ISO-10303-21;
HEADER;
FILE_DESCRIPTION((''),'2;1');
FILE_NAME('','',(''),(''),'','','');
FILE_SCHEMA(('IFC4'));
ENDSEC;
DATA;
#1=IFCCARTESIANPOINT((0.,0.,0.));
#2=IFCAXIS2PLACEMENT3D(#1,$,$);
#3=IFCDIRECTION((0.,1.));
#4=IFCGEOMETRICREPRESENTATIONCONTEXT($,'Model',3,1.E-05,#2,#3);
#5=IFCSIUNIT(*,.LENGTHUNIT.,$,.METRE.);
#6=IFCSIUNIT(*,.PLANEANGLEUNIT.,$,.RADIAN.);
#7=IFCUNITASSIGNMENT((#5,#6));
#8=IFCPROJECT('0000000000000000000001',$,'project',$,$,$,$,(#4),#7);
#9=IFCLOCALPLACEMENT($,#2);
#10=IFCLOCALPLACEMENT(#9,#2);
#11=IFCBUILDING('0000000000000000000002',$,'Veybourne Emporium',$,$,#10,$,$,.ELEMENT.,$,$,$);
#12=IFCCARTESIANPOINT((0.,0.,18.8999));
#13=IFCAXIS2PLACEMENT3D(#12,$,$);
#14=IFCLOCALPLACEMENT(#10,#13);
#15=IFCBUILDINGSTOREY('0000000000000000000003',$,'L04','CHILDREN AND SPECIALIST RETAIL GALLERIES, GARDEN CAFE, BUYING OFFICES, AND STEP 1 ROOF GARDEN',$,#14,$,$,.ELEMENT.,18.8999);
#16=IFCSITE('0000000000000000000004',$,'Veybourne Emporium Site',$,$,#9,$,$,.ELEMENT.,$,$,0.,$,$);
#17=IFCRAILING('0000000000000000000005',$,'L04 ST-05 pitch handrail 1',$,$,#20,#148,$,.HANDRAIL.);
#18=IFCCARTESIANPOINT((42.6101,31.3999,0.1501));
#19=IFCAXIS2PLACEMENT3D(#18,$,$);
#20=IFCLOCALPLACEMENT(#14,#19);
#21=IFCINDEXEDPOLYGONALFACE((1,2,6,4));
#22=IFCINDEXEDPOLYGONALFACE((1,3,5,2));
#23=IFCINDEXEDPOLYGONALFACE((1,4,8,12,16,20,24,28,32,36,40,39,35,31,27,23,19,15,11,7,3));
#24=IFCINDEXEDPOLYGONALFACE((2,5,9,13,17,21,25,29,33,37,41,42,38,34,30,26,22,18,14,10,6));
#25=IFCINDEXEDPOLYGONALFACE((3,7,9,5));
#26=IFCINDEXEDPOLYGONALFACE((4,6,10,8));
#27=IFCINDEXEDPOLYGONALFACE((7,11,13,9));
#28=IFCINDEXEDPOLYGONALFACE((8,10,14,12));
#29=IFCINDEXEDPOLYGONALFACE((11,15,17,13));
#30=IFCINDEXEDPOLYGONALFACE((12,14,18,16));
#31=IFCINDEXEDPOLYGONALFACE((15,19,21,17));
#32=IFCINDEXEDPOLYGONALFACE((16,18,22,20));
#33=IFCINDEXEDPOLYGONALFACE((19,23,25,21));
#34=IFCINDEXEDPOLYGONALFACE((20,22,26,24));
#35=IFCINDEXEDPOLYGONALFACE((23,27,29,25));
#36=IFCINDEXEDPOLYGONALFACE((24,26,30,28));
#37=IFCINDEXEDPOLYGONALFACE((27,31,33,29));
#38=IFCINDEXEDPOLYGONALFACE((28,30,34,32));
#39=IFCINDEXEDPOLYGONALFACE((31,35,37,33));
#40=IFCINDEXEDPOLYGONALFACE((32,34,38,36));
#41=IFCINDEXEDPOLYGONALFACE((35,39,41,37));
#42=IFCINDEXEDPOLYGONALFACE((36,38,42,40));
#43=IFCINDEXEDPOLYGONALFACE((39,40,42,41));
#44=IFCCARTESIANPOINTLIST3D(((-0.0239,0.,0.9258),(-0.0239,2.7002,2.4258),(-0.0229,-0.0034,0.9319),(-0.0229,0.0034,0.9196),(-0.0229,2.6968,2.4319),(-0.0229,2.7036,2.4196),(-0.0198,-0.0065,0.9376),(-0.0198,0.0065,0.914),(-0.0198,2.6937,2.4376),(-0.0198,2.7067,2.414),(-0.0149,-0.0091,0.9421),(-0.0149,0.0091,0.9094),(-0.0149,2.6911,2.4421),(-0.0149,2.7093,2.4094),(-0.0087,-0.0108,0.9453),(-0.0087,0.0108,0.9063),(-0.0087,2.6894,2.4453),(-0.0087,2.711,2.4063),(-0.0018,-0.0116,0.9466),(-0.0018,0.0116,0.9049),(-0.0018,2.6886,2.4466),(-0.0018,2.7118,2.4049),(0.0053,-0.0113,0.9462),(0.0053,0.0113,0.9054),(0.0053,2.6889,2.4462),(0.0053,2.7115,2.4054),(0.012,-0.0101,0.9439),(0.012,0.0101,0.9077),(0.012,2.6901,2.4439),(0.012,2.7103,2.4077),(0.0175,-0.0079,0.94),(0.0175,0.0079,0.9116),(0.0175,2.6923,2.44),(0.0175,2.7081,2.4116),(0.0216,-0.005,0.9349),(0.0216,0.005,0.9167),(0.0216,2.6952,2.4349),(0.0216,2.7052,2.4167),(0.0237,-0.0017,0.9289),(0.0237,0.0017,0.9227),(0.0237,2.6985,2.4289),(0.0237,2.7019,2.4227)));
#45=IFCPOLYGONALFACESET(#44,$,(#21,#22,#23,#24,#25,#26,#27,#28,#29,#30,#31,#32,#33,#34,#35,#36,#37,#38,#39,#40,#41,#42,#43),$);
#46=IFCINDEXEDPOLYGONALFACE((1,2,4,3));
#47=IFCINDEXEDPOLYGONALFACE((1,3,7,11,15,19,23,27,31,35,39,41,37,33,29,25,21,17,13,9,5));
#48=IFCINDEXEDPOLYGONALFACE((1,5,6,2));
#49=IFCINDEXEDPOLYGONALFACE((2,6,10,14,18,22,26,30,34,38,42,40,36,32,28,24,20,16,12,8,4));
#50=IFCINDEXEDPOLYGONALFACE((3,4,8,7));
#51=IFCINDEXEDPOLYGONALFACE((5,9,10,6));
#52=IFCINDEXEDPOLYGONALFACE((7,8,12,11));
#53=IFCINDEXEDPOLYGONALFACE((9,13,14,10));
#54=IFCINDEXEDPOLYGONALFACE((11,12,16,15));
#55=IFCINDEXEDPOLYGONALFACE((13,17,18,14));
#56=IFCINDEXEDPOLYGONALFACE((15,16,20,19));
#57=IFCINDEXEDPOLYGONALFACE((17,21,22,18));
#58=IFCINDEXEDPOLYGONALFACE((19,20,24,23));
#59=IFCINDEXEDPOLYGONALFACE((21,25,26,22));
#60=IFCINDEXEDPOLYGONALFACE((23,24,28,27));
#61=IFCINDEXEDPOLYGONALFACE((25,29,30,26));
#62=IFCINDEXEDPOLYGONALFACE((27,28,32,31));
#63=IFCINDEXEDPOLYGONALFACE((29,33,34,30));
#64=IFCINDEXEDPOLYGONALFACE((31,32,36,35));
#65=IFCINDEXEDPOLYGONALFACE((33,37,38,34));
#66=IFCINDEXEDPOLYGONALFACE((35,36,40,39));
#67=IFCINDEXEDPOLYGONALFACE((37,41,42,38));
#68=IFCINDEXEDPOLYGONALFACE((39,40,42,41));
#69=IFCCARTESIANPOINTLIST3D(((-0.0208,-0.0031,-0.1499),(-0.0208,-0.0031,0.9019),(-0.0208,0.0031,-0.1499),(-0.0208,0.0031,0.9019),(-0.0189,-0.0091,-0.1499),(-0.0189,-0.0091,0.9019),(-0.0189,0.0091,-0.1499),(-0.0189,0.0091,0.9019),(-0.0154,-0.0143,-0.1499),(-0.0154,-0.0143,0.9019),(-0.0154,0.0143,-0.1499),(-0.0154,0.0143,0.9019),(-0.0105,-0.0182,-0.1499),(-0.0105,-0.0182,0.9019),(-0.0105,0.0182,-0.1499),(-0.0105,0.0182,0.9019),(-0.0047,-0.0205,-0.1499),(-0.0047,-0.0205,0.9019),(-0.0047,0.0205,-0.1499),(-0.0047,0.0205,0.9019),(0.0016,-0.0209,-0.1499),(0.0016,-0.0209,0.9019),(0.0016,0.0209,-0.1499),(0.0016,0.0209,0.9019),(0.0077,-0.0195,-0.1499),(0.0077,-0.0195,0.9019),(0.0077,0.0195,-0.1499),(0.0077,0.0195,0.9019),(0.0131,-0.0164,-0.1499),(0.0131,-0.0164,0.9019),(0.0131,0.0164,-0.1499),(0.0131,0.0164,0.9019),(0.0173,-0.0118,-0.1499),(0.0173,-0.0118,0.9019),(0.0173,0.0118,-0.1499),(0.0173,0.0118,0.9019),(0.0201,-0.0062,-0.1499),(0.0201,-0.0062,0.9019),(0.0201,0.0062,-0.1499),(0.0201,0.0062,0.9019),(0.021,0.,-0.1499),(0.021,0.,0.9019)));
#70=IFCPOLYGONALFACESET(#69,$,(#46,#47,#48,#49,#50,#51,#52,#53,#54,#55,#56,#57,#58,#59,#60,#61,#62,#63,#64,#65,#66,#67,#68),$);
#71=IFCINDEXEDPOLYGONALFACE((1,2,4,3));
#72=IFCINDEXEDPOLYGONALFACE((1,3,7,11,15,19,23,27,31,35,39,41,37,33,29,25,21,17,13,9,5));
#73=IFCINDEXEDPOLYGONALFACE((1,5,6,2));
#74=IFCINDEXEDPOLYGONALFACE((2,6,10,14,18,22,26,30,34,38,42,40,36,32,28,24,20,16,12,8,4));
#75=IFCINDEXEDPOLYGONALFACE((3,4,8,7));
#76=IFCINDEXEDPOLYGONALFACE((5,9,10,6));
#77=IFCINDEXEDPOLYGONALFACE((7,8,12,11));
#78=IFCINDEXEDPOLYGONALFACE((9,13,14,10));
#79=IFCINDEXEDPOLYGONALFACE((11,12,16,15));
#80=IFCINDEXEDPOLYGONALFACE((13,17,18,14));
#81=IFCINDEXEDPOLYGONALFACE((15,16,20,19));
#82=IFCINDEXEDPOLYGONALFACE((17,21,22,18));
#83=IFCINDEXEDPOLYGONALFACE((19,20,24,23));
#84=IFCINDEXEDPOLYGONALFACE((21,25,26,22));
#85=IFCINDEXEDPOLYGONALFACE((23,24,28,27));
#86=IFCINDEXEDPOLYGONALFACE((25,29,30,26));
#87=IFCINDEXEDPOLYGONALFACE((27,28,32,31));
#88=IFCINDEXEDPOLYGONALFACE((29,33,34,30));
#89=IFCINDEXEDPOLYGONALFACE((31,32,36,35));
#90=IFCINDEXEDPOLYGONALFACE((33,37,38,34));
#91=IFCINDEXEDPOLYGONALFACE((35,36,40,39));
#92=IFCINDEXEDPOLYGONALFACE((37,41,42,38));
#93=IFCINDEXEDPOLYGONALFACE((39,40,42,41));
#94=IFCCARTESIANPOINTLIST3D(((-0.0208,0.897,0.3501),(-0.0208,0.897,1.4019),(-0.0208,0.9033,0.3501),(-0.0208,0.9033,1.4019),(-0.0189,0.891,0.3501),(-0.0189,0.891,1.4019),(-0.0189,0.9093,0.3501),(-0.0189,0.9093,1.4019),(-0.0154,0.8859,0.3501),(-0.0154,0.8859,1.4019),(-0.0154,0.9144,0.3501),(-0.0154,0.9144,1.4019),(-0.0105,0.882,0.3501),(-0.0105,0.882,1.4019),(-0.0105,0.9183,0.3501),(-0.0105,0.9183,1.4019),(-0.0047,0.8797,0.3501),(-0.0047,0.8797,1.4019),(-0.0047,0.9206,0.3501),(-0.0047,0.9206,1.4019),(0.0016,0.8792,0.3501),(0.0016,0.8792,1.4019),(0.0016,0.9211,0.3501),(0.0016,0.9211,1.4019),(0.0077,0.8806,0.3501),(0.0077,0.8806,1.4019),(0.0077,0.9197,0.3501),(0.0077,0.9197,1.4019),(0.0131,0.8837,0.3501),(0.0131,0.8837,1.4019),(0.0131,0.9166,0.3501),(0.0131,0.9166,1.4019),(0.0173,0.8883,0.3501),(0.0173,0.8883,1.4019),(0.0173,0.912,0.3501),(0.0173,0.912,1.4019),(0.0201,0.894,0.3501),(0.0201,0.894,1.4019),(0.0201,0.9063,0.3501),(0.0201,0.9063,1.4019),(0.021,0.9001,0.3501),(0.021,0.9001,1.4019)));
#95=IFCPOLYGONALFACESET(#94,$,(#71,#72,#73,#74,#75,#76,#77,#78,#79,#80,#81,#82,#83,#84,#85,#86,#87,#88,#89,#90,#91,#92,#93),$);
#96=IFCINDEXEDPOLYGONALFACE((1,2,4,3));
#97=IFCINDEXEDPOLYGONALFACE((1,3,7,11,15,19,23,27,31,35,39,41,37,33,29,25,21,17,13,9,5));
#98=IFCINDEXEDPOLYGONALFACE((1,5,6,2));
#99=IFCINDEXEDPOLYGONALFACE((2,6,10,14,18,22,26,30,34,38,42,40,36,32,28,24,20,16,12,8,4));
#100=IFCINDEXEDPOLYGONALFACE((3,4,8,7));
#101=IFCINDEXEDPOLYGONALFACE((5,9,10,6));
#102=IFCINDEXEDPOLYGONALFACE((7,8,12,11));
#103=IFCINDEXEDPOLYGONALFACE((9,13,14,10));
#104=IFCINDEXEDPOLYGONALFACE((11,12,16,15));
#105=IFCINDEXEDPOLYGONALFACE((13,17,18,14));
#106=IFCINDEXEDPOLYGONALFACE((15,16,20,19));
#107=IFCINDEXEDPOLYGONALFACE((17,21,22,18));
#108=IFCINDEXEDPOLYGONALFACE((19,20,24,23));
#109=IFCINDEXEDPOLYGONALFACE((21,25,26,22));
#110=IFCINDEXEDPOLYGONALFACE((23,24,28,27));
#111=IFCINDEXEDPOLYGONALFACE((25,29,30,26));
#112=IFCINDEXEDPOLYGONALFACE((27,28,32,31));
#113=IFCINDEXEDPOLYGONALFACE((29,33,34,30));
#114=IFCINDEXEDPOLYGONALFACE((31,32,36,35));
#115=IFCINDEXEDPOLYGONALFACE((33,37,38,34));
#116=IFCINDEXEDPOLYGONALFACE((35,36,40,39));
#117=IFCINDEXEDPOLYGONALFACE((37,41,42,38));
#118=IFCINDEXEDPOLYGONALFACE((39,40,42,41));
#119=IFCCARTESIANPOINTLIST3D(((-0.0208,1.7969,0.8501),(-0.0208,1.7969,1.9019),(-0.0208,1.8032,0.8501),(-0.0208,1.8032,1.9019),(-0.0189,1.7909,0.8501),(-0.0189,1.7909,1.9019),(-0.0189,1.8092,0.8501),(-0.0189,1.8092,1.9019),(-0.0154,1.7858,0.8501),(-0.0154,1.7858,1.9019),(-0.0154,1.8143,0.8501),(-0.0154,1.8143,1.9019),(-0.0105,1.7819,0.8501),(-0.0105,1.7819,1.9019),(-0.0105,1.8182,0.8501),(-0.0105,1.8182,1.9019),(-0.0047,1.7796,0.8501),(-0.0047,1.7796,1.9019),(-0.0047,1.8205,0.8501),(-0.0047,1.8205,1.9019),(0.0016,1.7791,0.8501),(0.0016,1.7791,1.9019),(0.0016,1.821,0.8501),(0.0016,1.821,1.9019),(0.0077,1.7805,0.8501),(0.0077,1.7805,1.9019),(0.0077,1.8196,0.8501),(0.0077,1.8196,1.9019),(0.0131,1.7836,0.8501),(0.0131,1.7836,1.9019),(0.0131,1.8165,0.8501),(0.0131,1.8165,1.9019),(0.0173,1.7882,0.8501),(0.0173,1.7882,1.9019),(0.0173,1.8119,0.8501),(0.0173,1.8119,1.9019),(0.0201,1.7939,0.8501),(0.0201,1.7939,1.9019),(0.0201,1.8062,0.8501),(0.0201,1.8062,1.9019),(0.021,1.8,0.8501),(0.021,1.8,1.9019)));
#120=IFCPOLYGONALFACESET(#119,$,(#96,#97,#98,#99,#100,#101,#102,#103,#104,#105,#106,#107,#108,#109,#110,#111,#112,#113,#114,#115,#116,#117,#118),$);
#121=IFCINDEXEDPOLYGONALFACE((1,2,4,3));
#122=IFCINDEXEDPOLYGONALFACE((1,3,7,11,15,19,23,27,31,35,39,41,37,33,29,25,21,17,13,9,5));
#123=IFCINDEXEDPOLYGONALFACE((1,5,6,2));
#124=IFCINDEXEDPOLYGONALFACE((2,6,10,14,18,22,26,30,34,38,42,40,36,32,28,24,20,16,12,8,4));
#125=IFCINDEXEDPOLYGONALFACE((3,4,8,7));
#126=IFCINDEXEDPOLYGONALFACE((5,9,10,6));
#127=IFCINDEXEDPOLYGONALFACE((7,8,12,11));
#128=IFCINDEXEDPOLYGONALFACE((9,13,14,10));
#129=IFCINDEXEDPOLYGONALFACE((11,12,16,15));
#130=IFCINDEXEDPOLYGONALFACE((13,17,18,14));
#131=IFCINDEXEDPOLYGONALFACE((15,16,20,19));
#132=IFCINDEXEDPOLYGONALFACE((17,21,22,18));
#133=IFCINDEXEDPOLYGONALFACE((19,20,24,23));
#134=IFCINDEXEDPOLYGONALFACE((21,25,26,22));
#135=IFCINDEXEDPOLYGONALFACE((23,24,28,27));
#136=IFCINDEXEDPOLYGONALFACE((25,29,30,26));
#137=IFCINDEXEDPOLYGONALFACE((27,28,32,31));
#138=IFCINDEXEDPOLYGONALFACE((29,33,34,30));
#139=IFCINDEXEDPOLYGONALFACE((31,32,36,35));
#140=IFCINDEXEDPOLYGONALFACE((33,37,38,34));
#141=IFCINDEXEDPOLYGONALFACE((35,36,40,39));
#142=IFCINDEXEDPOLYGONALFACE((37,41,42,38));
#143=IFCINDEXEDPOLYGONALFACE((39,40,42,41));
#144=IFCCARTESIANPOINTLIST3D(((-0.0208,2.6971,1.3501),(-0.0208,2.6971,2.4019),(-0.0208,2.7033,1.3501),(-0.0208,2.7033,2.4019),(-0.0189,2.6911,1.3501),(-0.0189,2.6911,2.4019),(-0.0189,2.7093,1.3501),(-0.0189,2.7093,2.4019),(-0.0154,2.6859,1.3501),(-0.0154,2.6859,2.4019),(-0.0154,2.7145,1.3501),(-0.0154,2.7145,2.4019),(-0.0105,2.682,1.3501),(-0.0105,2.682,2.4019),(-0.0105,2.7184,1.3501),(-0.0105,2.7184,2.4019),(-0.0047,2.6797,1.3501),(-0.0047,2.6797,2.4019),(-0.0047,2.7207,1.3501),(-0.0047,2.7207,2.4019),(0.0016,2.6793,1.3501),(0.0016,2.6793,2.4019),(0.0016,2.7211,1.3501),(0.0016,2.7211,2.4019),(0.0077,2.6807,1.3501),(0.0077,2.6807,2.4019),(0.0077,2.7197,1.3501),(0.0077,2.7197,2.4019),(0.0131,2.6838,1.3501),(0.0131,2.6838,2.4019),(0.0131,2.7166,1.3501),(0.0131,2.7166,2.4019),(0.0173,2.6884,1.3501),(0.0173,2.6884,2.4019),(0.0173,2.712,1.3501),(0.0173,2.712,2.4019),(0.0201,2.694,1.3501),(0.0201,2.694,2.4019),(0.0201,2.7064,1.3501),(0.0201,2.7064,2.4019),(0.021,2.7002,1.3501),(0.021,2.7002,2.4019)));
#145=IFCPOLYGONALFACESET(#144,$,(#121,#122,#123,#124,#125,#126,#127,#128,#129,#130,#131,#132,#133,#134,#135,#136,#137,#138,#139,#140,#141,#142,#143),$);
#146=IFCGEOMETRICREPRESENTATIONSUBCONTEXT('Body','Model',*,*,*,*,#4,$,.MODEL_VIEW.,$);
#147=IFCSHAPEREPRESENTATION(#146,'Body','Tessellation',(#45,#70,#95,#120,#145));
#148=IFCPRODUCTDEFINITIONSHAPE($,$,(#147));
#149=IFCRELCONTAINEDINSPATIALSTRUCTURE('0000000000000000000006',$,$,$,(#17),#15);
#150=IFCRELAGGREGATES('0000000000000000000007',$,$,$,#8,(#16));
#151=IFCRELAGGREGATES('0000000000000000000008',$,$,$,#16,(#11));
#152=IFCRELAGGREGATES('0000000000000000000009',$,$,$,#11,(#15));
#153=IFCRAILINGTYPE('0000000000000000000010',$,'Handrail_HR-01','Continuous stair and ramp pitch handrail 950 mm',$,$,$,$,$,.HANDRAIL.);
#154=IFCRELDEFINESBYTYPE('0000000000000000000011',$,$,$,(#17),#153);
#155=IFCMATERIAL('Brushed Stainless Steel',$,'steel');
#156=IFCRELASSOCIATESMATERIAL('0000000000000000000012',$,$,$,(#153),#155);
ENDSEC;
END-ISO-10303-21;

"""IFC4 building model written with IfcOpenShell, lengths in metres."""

from ifc_helpers import new_model, si_unit, direction, frame, origin, origin_2d, place, context, subcontext, project, spatial, circle, extrude, material, type_object, element, save


model = new_model("IFC4")

# Units and contexts
model_context = context("Model", 3, precision=1e-05, world=origin(), true_north=direction((0.0, 1.0)))
body_context = subcontext(model_context, "Body", "Model", "MODEL_VIEW")
ifc_project = project(units=[si_unit("LENGTHUNIT", "METRE"), si_unit("PLANEANGLEUNIT", "RADIAN")], contexts=[model_context])

# Site, building, storey
site_placement = place(None, origin())
site = spatial("IfcSite", under=ifc_project, at=site_placement, Name="Veybourne Emporium Site", CompositionType="ELEMENT", RefElevation=0.0)
building_placement = place(site_placement, origin())
building = spatial("IfcBuilding", under=site, at=building_placement, Name="Veybourne Emporium", CompositionType="ELEMENT")
storey_placement = place(building_placement, frame((0.0, 0.0, 18.8999)))
storey = spatial("IfcBuildingStorey", under=building, at=storey_placement, Name="L04", Description="CHILDREN AND SPECIALIST RETAIL GALLERIES, GARDEN CAFE, BUYING OFFICES, AND STEP 1 ROOF GARDEN", CompositionType="ELEMENT", Elevation=18.8999)

# Railing
ifc_material_1 = material(Name="Brushed Stainless Steel", Category="steel")
railing_type_1 = type_object("IfcRailingType", Name="Handrail_HR-01", Description="Continuous stair and ramp pitch handrail 950 mm", PredefinedType="HANDRAIL", material=ifc_material_1)
railing_1_placement = place(storey_placement, frame((42.6101, 31.3999, 0.1501)))
element("IfcRailing", 1, at=railing_1_placement, inside=storey, type_object=railing_type_1, Name="L04 ST-05 pitch handrail 1", PredefinedType="HANDRAIL", context=body_context, shape_type="SweptSolid", body=[
    extrude(circle(Radius=0.0239, at=origin_2d()), frame((0.0, 0.0, 0.9258), z_axis=(0.0, 0.874172, 0.485616), x_axis=(-1.0, 0.0, 0.0)), (0.0, 0.0, 1.0), 3.0889),
    extrude(circle(Radius=0.021, at=origin_2d()), frame((0.0, 0.0, -0.1499)), (0.0, 0.0, 1.0), 1.0518),
    extrude(circle(Radius=0.021, at=origin_2d()), frame((0.0, 0.9001, 0.3501)), (0.0, 0.0, 1.0), 1.0518),
    extrude(circle(Radius=0.021, at=origin_2d()), frame((0.0, 1.8, 0.8501)), (0.0, 0.0, 1.0), 1.0518),
    extrude(circle(Radius=0.021, at=origin_2d()), frame((0.0, 2.7002, 1.3501)), (0.0, 0.0, 1.0), 1.0518),
])

save(model, "model.ifc")
